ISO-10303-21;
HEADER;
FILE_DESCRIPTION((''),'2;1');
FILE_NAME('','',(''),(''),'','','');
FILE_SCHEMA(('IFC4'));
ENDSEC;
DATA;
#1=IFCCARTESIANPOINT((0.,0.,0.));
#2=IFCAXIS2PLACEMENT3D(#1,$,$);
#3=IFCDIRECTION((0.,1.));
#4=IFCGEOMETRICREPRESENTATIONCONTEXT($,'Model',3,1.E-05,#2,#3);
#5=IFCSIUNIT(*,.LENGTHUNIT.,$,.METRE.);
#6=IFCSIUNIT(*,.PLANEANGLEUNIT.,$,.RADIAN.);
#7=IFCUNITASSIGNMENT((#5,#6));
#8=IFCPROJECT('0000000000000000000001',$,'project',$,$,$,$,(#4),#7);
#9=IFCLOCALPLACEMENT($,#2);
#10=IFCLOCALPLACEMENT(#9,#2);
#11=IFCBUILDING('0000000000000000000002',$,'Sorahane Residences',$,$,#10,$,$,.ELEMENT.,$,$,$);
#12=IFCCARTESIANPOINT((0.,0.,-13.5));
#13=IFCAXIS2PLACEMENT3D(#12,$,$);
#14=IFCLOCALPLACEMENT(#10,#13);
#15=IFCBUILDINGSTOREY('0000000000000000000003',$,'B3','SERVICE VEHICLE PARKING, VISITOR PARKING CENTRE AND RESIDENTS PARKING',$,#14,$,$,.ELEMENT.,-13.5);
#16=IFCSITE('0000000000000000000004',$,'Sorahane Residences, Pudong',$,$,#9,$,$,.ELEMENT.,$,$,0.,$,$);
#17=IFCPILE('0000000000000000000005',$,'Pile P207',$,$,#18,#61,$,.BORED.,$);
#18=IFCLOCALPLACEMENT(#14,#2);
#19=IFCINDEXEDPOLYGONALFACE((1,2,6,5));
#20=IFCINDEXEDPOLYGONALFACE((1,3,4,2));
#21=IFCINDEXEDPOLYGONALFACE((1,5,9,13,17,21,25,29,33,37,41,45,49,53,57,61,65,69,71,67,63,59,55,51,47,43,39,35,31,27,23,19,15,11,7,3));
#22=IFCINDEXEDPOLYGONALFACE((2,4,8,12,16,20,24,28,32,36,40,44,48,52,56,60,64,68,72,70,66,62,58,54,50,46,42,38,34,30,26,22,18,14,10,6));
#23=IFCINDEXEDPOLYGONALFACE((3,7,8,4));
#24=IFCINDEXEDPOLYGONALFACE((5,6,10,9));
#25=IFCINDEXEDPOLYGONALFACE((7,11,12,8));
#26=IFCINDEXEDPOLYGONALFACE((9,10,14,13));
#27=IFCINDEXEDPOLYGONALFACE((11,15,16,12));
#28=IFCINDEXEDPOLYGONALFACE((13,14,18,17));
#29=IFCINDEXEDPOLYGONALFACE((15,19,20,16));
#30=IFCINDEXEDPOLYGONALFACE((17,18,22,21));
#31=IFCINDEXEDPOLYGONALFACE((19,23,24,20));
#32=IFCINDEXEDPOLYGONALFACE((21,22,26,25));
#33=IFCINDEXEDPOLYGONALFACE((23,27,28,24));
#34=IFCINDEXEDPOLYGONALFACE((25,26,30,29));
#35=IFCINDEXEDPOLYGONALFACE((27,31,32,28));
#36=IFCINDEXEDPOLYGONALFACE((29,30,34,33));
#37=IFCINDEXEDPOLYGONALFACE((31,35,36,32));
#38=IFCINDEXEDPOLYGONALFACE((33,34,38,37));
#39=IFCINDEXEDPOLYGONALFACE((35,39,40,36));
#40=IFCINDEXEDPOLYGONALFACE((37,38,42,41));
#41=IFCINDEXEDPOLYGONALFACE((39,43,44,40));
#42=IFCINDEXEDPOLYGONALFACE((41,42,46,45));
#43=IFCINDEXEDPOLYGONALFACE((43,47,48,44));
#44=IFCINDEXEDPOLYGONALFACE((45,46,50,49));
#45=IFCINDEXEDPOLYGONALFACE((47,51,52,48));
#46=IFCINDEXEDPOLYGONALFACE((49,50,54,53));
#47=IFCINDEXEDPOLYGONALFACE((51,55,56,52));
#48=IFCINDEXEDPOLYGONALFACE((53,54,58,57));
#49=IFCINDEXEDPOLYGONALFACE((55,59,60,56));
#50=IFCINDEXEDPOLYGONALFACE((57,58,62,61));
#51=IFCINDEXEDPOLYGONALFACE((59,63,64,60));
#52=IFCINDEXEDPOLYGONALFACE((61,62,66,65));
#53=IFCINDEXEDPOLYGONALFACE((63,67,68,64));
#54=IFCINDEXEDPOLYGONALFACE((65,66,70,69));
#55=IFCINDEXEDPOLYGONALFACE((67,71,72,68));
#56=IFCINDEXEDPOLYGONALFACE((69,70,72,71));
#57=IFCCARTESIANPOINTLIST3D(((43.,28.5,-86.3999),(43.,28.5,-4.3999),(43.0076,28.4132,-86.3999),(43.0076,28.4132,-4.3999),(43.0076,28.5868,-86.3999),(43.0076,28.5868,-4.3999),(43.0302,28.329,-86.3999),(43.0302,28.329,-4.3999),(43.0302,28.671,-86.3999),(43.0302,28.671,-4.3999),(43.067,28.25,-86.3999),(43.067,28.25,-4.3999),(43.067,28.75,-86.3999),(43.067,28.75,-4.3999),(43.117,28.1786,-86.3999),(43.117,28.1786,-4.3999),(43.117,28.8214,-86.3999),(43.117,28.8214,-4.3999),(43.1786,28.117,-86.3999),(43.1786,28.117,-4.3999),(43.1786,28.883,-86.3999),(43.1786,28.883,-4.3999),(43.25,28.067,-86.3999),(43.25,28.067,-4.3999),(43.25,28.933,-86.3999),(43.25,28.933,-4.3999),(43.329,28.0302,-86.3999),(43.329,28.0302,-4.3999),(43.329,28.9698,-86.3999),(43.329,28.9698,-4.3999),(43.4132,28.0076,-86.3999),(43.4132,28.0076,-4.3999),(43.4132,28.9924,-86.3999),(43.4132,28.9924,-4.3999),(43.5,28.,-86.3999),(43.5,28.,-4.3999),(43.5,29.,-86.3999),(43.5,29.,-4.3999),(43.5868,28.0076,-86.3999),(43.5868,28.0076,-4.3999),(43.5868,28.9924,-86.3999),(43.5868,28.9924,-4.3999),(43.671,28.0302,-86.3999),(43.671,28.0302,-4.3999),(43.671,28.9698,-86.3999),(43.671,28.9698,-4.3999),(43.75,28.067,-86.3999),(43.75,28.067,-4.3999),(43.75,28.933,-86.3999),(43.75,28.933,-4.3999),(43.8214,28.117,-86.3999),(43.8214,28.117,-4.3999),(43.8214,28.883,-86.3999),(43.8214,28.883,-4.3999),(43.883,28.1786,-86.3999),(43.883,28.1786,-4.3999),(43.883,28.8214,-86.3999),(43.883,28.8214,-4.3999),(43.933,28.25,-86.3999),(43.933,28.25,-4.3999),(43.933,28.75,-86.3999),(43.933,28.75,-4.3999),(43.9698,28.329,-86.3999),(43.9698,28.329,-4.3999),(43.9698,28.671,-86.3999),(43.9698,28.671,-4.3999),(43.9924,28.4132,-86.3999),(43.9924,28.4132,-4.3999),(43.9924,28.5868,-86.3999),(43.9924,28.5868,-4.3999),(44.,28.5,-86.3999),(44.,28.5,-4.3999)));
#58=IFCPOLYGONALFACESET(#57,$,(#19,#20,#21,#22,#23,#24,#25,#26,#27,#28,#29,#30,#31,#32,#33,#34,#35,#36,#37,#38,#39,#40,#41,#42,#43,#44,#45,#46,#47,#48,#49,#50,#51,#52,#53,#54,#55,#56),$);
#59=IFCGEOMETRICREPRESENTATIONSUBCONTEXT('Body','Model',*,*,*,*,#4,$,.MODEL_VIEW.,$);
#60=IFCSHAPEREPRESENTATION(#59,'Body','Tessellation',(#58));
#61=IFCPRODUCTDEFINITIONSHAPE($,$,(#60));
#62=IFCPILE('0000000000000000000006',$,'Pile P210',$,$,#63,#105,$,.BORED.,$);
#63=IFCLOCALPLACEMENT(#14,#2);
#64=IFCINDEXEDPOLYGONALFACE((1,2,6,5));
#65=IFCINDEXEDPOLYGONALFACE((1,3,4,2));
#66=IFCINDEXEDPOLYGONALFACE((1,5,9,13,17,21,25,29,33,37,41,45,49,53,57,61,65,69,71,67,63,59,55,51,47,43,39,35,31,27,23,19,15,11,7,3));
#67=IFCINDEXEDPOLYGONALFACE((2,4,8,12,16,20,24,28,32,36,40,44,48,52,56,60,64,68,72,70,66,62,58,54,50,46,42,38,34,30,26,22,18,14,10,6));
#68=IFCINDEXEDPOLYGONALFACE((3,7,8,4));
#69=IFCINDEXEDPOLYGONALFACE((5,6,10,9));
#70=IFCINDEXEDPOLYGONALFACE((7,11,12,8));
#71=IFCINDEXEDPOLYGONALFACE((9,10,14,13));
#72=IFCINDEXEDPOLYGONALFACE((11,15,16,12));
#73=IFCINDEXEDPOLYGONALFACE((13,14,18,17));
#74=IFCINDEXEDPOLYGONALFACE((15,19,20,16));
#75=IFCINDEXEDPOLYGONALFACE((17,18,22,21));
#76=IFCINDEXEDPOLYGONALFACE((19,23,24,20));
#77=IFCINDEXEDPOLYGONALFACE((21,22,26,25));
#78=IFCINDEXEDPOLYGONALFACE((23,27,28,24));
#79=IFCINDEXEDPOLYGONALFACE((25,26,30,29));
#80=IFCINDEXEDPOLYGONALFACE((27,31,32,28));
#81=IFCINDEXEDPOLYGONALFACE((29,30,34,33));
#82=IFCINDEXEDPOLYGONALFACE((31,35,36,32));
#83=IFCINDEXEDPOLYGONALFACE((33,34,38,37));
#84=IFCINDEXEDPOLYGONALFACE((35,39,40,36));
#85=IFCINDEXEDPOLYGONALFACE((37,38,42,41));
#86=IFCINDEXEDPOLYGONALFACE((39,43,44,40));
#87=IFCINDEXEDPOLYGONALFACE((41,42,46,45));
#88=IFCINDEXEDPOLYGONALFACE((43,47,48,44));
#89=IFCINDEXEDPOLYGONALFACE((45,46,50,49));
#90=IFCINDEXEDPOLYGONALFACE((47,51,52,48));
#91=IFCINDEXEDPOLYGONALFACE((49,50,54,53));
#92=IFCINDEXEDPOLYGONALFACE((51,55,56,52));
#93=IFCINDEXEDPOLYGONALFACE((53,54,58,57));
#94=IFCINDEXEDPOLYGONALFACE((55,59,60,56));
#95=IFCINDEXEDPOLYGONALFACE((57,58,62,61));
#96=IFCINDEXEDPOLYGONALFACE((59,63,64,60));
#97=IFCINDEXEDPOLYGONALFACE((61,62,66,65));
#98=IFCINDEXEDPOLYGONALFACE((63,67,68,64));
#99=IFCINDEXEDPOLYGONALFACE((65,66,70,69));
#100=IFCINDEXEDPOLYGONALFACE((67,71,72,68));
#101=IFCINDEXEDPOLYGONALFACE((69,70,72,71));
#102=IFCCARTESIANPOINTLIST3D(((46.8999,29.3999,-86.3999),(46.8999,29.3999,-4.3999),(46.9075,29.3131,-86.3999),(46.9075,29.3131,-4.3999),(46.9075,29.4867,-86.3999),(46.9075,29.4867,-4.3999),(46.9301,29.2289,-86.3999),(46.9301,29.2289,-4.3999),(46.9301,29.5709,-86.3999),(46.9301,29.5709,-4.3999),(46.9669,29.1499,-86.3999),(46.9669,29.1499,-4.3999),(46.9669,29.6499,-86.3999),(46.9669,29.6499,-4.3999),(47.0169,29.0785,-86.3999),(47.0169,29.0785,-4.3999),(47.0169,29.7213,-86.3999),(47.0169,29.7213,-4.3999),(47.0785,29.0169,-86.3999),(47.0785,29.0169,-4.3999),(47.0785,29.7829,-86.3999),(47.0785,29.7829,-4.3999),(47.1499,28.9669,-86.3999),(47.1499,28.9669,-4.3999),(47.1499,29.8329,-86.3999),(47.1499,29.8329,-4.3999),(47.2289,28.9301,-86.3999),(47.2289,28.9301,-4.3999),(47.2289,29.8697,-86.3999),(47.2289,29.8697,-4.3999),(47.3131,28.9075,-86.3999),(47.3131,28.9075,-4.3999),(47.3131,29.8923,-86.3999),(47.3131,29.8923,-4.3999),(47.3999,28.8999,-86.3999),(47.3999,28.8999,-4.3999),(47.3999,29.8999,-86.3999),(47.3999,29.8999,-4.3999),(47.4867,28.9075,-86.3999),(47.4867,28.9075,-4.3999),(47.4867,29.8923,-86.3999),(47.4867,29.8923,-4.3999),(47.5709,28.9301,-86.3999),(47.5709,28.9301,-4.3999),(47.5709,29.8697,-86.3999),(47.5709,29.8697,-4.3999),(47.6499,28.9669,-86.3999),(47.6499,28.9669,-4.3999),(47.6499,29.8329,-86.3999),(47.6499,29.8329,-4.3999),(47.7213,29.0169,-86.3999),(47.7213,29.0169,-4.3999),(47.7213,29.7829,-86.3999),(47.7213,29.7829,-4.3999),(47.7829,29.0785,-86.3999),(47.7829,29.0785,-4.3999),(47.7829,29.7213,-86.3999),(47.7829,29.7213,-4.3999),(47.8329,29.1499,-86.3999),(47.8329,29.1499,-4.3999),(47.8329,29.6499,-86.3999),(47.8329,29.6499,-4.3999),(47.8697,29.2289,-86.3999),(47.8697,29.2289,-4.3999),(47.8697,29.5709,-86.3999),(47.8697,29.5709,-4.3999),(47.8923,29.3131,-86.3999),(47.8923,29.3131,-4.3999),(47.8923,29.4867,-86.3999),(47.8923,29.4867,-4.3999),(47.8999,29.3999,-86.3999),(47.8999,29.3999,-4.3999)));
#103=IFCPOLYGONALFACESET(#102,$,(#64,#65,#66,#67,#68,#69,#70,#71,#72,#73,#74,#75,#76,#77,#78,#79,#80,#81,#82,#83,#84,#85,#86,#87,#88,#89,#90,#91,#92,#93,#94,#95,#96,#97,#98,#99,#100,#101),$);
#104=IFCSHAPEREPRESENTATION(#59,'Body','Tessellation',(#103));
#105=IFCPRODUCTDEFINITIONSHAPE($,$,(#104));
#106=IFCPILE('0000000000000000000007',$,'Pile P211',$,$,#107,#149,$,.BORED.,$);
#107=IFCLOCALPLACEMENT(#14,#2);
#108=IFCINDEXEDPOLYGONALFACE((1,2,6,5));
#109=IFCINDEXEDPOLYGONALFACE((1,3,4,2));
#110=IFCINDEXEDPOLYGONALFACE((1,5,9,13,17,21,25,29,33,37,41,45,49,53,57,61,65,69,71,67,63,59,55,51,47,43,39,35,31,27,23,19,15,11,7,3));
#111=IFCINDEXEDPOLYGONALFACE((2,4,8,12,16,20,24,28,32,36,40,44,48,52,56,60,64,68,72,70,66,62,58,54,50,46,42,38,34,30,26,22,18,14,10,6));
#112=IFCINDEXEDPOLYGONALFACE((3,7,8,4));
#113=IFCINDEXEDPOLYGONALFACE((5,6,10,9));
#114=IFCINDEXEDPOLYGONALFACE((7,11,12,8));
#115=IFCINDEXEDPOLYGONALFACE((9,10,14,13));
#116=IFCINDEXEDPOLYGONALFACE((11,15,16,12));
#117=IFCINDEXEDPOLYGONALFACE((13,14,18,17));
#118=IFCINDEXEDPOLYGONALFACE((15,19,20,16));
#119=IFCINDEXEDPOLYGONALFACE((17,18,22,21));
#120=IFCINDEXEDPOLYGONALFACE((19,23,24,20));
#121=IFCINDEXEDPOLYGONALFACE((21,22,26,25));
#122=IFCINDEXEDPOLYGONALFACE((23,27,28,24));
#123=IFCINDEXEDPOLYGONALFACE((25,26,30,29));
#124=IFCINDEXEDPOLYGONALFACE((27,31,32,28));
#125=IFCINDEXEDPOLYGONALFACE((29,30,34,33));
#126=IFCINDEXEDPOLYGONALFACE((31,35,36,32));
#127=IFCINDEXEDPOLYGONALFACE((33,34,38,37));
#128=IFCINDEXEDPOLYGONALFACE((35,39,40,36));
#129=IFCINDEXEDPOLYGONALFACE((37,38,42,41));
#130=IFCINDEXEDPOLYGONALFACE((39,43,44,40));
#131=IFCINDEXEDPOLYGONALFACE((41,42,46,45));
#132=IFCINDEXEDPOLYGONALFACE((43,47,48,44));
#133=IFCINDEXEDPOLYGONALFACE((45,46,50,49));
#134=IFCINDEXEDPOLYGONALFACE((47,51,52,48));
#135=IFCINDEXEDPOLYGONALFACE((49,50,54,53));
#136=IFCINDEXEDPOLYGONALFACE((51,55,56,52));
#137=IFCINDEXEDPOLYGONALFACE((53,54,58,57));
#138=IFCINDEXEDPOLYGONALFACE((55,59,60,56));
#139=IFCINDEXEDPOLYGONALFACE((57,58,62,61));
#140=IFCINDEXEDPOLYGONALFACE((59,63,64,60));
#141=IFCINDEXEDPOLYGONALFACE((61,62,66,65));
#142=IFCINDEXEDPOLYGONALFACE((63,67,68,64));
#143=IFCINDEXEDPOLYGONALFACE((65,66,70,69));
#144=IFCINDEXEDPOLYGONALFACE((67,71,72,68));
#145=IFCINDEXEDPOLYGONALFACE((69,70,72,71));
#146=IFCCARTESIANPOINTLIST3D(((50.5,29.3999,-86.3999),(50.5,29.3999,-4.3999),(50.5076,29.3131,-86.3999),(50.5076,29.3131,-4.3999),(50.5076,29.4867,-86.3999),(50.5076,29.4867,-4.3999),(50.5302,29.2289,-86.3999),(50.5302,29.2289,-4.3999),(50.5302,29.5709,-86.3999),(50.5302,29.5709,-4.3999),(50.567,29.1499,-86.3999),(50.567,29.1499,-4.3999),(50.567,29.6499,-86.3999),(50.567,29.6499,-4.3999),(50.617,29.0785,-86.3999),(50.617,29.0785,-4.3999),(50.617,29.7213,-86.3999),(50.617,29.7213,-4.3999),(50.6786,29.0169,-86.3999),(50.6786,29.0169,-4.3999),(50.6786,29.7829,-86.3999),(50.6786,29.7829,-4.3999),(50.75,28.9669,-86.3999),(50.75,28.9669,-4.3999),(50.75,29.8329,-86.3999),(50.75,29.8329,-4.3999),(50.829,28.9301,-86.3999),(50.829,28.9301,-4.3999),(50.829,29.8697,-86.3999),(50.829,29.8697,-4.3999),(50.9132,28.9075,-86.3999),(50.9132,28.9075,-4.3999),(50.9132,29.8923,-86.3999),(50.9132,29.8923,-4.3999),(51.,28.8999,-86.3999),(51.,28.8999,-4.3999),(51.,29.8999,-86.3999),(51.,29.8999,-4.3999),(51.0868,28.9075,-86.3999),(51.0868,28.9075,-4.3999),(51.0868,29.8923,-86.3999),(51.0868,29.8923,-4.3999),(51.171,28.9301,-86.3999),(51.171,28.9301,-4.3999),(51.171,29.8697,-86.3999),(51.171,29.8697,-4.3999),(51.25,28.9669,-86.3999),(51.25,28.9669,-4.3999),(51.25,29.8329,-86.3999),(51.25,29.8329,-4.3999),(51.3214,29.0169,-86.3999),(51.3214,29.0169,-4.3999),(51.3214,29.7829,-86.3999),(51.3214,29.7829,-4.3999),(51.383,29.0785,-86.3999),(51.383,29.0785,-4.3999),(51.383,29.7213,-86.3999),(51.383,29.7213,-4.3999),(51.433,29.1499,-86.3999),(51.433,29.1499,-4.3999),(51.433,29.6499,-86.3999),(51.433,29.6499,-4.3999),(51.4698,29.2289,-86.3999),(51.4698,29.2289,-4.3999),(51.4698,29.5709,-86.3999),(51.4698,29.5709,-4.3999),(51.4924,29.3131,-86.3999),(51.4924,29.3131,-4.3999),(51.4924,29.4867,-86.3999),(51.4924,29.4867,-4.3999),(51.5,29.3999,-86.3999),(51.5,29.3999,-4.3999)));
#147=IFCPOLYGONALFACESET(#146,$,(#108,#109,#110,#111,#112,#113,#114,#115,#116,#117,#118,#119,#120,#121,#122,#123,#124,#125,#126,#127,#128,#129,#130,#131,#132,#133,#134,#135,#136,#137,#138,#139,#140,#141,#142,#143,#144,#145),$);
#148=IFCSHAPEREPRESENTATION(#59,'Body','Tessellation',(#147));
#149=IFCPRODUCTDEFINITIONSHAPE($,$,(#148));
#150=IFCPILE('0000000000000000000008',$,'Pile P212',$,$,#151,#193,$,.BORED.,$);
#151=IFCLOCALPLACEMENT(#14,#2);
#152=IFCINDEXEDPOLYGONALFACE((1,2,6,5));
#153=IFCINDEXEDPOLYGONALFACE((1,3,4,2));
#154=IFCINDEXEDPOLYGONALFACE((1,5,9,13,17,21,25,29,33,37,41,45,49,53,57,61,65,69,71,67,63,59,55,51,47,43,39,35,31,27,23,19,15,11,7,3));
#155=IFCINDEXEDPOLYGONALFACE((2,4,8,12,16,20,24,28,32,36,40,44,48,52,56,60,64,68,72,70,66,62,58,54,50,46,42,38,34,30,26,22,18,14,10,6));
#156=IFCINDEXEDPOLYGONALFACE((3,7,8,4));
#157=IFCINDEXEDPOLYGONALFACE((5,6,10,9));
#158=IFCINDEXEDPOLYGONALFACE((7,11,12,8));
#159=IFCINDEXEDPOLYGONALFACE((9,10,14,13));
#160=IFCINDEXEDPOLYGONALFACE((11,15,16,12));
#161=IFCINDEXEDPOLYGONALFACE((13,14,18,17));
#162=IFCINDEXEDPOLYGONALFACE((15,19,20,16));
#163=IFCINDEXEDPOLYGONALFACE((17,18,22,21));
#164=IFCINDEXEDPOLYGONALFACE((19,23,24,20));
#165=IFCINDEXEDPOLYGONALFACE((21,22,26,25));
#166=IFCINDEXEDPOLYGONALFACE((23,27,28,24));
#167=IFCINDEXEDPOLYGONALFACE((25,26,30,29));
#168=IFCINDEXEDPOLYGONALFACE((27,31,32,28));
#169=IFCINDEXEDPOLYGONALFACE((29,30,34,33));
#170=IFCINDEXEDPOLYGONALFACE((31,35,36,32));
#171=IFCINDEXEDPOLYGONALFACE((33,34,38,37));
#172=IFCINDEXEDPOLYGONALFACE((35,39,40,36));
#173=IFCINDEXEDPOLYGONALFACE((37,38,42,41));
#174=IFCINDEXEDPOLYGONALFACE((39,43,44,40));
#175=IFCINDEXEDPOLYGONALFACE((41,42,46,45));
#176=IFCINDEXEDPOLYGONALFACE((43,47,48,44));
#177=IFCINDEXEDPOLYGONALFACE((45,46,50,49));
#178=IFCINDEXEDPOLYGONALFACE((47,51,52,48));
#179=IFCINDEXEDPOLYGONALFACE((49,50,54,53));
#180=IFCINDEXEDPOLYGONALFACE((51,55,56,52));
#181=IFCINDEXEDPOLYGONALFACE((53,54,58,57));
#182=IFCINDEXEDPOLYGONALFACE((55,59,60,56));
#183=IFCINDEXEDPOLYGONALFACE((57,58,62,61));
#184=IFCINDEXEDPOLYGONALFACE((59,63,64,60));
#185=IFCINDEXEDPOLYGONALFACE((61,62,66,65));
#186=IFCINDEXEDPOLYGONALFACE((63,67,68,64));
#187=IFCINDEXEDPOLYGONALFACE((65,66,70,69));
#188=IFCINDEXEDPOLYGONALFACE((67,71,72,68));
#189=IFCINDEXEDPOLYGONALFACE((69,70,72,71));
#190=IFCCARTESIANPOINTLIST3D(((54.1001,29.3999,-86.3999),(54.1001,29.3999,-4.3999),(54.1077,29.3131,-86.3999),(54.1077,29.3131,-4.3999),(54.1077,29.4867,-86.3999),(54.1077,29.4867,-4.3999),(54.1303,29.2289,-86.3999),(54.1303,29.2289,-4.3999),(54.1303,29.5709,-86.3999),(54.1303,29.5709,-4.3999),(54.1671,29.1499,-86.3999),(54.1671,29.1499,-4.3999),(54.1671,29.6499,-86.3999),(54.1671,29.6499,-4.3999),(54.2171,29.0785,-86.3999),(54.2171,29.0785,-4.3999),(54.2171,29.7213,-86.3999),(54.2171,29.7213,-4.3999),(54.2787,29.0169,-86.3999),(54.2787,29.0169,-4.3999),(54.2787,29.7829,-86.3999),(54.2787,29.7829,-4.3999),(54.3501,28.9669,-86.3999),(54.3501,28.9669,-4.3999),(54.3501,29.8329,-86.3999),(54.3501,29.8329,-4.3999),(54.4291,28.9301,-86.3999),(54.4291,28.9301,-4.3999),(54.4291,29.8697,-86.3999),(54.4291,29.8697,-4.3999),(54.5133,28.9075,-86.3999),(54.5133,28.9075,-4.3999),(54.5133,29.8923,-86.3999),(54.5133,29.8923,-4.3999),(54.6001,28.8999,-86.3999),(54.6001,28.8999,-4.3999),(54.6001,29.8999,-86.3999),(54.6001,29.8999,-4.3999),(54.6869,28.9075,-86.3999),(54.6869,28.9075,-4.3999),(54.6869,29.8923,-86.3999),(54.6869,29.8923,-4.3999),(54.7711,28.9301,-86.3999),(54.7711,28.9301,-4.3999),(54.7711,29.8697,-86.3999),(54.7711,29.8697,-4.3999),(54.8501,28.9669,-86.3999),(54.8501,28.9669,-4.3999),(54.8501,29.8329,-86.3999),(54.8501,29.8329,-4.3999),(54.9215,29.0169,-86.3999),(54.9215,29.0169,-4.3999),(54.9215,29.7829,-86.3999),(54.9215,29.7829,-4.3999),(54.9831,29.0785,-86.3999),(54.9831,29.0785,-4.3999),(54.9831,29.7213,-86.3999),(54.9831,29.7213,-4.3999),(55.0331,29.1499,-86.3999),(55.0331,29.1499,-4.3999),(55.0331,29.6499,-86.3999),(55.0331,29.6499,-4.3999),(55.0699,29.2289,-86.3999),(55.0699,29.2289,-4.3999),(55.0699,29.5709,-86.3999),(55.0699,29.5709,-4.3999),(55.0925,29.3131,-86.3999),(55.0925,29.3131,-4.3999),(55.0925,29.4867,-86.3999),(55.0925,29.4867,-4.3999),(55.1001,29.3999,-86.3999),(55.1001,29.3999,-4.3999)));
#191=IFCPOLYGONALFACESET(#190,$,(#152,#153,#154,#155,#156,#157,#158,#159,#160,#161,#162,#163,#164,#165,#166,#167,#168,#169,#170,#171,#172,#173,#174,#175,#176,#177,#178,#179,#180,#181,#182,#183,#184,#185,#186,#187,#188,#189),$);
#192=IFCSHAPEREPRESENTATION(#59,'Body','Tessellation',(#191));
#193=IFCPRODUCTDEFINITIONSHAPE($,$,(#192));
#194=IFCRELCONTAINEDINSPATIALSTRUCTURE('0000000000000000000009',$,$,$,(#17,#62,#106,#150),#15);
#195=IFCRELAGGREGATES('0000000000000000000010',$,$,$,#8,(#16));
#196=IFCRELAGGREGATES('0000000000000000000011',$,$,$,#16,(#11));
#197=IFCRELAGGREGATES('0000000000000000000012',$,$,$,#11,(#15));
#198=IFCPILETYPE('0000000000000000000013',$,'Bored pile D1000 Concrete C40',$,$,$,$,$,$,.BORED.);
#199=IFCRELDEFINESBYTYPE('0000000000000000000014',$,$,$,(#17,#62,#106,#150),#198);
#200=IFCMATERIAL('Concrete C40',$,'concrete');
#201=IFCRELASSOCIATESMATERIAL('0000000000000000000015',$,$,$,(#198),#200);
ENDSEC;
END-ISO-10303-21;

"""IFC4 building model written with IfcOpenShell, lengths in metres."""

from ifc_helpers import new_model, si_unit, direction, frame, origin, origin_2d, place, context, subcontext, project, spatial, circle, extrude, material, material_profile, profile_set, type_object, element, save


model = new_model("IFC4")

# Units and contexts
model_context = context("Model", 3, precision=1e-05, world=origin(), true_north=direction((0.0, 1.0)))
body_context = subcontext(model_context, "Body", "Model", "MODEL_VIEW")
ifc_project = project(units=[si_unit("LENGTHUNIT", "METRE"), si_unit("PLANEANGLEUNIT", "RADIAN")], contexts=[model_context])

# Site, building, storey
site_placement = place(None, origin())
site = spatial("IfcSite", under=ifc_project, at=site_placement, Name="Sorahane Residences, Pudong", CompositionType="ELEMENT", RefElevation=0.0)
building_placement = place(site_placement, origin())
building = spatial("IfcBuilding", under=site, at=building_placement, Name="Sorahane Residences", CompositionType="ELEMENT")
storey_placement = place(building_placement, frame((0.0, 0.0, -13.5)))
storey = spatial("IfcBuildingStorey", under=building, at=storey_placement, Name="B3", Description="SERVICE VEHICLE PARKING, VISITOR PARKING CENTRE AND RESIDENTS PARKING", CompositionType="ELEMENT", Elevation=-13.5)

# Piles
ifc_material_1 = material(Name="Concrete C40", Category="concrete")
ifc_material_profile_1 = material_profile(ifc_material_1, circle(Radius=0.5, at=origin_2d()), Name="D1000")
ifc_profile_set_1 = profile_set([ifc_material_profile_1], Name="Concrete C40")
pile_type = type_object("IfcPileType", Name="Bored pile D1000 Concrete C40", PredefinedType="BORED", material=ifc_profile_set_1)
for number, where, z_axis, x_axis, name in (
    (1, (43.5, 28.5, -4.3999), (0.0, 0.0, -1.0), (1.0, 0.0, 0.0), "Pile P207"),
    (2, (47.3999, 29.3999, -4.3999), (0.0, 0.0, -1.0), (1.0, 0.0, 0.0), "Pile P210"),
    (3, (51.0, 29.3999, -4.3999), (0.0, 0.0, -1.0), (1.0, 0.0, 0.0), "Pile P211"),
    (4, (54.6001, 29.3999, -4.3999), (0.0, 0.0, -1.0), (1.0, 0.0, 0.0), "Pile P212"),
):
    element("IfcPile", number, at=place(storey_placement, frame(where, z_axis=z_axis, x_axis=x_axis)), inside=storey, type_object=pile_type, Name=name, PredefinedType="BORED", context=body_context, shape_type="SweptSolid", body=[
        extrude(circle(Radius=0.5, at=origin_2d()), origin(), (0.0, 0.0, 1.0), 82.0),
    ])

save(model, "model.ifc")
